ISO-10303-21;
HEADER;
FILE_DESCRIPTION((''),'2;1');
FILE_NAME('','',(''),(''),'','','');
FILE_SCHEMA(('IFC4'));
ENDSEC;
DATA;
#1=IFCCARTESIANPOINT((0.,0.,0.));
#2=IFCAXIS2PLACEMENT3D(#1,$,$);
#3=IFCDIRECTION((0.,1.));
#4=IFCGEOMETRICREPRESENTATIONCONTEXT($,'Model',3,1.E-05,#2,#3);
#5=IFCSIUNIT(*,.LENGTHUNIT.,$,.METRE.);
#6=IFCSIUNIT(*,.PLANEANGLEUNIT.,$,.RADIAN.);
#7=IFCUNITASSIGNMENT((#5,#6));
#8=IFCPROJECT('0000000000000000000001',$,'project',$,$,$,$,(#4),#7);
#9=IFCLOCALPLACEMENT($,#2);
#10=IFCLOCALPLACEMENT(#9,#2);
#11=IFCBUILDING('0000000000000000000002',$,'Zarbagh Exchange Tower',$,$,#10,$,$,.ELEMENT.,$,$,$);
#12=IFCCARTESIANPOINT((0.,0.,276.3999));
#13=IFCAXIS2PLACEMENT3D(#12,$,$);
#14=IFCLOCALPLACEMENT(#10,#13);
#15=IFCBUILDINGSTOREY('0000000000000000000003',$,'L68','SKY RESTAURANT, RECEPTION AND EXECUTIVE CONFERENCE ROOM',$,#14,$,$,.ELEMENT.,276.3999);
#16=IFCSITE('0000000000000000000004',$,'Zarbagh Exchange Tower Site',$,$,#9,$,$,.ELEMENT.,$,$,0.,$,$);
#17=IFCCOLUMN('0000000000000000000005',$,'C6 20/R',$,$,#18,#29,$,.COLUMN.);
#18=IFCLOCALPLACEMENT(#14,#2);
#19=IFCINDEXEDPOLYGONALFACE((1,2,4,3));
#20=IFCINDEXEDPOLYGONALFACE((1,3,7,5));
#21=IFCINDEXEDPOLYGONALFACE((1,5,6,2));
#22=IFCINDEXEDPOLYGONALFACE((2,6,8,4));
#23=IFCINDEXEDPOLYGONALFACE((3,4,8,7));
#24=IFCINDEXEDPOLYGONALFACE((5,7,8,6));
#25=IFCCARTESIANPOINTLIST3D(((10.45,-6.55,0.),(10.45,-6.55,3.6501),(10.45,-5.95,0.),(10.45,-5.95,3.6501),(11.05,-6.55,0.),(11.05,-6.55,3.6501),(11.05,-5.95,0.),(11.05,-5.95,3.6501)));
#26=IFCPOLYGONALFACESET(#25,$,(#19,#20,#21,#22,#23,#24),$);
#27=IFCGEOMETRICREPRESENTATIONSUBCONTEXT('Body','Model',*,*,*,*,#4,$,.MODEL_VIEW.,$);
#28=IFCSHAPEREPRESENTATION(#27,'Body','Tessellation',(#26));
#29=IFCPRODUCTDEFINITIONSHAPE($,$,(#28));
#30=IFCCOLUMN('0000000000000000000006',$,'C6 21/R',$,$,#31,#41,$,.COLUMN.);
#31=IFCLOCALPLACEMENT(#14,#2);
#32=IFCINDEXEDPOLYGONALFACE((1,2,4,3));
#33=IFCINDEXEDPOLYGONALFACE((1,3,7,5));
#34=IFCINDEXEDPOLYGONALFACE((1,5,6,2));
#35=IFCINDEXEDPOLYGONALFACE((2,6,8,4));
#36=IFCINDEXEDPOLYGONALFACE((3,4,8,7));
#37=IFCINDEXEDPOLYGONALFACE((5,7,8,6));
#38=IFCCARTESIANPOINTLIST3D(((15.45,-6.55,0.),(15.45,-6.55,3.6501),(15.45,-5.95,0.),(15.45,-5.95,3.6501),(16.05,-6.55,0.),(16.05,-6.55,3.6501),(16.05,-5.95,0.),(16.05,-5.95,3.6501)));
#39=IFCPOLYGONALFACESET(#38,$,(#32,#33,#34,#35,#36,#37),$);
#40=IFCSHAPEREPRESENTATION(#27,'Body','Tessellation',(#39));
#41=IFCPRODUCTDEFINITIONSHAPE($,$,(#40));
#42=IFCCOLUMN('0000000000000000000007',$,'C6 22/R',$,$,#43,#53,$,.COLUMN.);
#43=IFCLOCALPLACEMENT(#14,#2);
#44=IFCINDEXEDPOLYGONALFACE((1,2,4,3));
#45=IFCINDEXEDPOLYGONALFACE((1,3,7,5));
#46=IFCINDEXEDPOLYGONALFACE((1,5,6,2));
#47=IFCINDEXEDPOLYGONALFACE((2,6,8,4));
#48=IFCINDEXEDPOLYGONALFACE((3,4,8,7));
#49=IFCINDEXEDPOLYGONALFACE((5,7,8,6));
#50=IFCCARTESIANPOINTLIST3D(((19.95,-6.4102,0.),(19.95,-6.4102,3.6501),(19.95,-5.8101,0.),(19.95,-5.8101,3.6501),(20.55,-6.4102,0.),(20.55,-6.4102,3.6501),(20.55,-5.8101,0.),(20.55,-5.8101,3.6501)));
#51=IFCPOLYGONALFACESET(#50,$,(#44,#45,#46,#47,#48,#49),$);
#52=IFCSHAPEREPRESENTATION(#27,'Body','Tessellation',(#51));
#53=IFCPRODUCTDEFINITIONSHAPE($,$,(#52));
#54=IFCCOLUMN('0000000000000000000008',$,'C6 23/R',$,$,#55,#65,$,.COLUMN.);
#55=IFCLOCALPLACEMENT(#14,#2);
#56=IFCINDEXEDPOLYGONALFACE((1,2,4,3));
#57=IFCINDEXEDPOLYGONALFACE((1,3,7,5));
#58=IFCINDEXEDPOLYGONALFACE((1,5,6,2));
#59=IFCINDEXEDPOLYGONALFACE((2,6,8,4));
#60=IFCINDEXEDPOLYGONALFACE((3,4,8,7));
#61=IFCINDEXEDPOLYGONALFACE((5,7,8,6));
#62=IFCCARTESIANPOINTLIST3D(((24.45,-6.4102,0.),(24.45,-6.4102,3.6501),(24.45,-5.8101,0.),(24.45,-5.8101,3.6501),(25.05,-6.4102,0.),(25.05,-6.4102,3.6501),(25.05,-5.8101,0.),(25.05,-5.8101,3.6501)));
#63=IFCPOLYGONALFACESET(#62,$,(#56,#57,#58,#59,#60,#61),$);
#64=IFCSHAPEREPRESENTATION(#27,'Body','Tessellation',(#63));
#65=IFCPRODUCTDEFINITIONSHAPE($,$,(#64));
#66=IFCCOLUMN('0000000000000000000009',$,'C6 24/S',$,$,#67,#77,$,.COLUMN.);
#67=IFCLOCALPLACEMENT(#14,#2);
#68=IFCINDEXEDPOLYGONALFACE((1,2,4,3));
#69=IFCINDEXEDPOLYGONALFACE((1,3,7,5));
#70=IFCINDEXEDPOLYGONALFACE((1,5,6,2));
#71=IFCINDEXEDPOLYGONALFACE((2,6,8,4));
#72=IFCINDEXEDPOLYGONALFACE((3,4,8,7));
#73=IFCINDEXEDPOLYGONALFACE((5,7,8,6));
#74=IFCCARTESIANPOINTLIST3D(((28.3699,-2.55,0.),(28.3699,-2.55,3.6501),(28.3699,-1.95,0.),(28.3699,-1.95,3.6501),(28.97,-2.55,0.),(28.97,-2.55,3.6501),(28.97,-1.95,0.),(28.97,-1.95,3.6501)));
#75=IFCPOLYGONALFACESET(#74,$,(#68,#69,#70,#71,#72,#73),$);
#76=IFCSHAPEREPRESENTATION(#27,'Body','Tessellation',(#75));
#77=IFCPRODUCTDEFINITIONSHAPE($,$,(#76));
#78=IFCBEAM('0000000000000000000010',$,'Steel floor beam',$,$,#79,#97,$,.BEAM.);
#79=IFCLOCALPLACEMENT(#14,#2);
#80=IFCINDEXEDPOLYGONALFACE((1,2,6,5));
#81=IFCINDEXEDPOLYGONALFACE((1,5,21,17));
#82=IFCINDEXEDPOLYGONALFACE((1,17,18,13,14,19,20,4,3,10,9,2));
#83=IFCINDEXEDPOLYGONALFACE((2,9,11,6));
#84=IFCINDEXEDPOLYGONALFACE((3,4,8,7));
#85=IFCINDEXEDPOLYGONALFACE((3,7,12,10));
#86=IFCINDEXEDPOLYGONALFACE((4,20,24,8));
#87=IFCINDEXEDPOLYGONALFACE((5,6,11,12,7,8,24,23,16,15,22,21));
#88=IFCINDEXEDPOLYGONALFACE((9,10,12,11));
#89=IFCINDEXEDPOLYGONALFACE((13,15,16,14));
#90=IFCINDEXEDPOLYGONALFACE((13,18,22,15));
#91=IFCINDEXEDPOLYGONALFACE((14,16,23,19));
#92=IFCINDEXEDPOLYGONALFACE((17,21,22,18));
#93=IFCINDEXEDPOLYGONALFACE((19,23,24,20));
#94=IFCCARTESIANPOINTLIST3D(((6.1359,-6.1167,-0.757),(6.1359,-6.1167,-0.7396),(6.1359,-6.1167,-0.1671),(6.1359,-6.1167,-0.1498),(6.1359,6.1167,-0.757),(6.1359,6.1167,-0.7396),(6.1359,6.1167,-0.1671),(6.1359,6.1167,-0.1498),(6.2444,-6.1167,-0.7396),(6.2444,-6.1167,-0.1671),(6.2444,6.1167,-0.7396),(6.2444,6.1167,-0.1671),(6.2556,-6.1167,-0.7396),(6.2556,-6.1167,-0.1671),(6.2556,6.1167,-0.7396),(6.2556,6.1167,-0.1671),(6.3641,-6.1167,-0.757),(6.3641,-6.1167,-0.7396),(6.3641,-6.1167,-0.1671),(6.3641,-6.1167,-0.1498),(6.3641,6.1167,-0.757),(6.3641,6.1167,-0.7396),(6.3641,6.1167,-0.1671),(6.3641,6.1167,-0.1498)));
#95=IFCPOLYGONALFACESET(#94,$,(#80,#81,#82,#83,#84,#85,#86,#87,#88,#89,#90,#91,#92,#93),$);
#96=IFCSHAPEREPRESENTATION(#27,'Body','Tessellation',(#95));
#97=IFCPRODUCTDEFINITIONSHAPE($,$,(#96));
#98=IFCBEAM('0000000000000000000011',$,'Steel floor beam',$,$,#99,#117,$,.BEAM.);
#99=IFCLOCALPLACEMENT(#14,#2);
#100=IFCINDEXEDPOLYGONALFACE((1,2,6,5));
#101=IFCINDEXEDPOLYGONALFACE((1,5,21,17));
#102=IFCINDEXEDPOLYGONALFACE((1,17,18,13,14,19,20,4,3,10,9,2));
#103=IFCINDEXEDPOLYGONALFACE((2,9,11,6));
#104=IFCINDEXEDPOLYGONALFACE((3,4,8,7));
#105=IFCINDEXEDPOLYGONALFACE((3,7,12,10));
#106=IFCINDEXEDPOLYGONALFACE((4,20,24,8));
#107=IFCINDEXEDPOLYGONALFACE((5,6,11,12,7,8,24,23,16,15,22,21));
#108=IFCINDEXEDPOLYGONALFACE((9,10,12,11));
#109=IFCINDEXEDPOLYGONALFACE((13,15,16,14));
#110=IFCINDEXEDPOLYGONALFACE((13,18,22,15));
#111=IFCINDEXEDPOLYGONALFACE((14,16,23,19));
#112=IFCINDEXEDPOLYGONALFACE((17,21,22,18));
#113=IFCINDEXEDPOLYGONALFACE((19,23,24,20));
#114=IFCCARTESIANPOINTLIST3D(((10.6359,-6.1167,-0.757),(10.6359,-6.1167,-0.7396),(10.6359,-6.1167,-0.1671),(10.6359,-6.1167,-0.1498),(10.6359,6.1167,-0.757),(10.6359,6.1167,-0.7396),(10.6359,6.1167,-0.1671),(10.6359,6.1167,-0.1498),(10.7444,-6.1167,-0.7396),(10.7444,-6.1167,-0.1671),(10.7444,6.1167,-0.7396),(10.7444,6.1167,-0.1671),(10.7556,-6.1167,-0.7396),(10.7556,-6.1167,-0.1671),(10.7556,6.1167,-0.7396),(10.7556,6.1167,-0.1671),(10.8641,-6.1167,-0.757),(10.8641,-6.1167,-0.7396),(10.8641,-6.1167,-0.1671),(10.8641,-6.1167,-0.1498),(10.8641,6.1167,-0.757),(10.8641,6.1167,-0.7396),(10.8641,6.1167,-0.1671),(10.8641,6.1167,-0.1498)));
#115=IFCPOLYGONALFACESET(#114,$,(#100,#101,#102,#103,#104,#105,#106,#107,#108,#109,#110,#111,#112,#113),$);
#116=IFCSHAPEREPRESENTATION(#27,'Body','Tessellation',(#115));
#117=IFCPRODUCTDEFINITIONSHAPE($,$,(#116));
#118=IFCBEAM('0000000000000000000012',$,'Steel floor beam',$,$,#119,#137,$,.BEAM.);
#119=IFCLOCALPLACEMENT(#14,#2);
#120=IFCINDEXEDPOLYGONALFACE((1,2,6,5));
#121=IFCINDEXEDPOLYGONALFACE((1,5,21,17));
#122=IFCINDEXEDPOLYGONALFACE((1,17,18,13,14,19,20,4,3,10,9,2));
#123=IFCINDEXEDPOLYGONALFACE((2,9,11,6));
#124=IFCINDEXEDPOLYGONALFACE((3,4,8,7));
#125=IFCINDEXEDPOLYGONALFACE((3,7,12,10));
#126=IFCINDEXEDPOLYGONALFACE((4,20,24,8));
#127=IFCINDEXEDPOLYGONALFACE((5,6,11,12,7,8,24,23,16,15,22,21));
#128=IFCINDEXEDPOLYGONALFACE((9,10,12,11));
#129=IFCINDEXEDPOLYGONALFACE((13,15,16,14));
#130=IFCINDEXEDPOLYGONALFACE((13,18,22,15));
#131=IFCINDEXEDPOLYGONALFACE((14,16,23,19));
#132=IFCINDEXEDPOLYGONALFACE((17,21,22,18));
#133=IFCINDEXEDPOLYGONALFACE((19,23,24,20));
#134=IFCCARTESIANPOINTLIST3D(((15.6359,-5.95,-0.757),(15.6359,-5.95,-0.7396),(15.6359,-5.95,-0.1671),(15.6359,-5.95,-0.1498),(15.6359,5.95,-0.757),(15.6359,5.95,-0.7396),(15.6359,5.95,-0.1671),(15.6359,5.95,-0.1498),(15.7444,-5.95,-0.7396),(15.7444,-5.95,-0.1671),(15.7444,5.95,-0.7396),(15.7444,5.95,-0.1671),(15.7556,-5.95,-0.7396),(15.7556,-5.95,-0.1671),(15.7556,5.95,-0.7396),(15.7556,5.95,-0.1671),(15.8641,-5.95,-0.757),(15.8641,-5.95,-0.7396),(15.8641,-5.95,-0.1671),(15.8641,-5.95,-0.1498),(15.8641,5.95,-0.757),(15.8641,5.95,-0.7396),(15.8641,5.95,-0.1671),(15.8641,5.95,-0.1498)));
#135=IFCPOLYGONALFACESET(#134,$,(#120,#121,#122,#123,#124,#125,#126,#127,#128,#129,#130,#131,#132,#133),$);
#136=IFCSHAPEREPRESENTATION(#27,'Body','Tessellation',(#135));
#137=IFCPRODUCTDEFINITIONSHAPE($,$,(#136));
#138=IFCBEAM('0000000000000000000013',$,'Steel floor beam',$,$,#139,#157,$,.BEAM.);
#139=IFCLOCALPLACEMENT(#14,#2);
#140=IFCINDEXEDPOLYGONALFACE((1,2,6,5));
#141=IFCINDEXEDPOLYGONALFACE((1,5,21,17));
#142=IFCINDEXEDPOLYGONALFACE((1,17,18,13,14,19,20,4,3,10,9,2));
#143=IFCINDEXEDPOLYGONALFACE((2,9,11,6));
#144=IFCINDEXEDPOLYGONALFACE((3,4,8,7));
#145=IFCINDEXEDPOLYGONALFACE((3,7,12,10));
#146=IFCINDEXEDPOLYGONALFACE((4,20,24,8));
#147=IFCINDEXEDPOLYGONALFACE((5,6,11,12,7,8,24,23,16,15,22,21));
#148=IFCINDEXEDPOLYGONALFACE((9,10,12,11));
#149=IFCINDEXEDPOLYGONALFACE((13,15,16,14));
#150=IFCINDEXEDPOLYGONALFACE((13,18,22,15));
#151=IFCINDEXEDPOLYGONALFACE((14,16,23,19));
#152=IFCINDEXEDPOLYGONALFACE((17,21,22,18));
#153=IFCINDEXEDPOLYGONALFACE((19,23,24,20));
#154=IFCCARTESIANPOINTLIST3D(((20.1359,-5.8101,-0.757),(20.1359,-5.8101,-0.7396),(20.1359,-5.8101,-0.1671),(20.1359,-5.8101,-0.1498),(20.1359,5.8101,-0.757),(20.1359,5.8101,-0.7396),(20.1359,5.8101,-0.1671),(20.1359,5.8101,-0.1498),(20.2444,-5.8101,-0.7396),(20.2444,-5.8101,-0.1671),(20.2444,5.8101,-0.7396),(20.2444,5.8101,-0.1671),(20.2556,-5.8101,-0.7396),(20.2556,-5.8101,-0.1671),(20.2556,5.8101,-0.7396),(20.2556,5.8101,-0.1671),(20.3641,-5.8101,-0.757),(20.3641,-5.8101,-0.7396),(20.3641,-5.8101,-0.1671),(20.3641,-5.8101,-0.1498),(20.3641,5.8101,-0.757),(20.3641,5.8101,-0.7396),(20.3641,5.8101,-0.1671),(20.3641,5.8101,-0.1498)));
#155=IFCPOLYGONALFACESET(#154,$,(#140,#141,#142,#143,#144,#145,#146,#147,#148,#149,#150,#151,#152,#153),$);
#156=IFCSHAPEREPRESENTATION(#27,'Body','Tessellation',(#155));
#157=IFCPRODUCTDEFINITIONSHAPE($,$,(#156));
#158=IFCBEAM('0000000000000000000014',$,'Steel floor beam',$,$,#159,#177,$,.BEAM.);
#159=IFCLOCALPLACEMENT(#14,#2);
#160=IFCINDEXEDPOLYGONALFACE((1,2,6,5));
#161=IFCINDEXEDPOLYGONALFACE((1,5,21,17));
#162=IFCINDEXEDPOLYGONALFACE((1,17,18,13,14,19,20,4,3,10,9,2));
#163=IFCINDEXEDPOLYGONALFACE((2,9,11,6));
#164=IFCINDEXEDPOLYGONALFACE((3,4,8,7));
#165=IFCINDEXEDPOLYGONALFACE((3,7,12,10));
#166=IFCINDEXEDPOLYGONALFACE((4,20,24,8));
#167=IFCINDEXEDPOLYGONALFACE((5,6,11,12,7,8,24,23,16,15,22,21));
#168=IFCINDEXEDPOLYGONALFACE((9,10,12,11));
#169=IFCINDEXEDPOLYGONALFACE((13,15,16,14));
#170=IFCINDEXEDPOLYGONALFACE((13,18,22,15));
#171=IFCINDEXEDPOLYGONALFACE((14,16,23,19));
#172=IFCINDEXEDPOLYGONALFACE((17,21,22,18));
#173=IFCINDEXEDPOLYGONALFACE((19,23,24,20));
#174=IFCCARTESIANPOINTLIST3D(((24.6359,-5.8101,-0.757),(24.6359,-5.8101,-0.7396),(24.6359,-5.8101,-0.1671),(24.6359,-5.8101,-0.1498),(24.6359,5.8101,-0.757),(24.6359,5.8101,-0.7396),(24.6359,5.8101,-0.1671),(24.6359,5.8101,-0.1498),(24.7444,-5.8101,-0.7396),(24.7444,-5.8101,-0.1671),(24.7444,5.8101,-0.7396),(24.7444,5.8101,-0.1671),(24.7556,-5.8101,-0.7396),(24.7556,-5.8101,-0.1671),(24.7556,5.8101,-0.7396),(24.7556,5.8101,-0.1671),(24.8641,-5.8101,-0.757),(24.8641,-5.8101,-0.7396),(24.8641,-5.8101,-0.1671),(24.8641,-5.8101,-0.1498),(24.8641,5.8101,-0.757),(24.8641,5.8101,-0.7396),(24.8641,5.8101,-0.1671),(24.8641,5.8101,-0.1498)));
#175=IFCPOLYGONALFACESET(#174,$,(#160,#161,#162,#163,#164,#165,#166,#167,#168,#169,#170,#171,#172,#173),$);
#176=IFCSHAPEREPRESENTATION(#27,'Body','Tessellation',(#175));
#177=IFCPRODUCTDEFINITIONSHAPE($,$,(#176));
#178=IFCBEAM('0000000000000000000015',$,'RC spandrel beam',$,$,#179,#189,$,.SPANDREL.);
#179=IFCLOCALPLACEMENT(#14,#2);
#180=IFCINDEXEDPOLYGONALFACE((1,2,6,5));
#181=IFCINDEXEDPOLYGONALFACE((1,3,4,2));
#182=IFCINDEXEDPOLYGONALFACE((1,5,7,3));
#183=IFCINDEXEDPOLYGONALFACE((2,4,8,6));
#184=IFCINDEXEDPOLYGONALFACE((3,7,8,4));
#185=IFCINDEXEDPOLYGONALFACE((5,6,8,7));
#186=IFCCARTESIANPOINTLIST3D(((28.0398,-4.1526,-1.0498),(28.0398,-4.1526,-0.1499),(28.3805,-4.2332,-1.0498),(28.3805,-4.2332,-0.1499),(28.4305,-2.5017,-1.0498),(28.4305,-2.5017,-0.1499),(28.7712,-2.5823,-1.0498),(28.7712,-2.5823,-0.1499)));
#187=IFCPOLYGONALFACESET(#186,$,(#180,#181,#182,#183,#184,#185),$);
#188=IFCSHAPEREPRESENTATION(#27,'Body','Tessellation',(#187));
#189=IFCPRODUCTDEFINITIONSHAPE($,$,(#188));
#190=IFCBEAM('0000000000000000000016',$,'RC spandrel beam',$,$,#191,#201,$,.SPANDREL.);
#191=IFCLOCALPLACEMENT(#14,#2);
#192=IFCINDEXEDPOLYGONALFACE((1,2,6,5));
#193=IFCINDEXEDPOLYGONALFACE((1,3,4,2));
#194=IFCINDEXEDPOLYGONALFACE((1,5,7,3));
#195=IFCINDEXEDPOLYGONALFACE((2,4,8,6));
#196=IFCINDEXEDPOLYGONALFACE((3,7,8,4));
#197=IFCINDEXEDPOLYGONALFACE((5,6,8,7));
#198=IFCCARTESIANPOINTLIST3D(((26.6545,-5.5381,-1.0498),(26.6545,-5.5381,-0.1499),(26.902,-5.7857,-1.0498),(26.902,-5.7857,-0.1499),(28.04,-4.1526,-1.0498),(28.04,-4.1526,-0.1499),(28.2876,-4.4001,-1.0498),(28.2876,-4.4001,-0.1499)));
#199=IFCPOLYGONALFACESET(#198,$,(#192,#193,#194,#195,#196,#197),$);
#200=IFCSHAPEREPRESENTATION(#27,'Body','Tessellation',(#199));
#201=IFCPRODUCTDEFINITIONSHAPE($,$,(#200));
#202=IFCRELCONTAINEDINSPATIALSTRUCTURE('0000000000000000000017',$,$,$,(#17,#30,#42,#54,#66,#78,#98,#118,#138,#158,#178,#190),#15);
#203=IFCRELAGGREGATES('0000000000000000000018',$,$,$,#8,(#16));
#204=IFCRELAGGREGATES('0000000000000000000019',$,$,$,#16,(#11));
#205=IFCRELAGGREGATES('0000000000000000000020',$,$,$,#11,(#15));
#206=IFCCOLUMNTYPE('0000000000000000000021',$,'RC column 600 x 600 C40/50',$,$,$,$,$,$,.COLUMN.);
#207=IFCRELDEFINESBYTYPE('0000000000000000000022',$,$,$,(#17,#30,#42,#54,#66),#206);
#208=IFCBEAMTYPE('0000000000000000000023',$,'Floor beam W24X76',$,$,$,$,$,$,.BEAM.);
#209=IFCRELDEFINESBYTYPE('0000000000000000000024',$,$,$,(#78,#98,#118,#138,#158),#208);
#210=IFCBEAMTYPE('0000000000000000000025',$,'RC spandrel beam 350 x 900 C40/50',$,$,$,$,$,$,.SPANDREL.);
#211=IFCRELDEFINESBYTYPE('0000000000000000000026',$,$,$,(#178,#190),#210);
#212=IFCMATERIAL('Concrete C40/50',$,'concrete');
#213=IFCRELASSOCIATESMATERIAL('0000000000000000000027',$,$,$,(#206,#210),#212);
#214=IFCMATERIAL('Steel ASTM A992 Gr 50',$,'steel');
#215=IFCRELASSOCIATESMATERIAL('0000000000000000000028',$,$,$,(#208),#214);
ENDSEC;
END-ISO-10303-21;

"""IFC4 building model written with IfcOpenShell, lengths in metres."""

from ifc_helpers import new_model, si_unit, direction, frame, origin, origin_2d, place, context, subcontext, project, spatial, rectangle, i_section, extrude, material, material_profile, profile_set, type_object, element, save


model = new_model("IFC4")

# Units and contexts
model_context = context("Model", 3, precision=1e-05, world=origin(), true_north=direction((0.0, 1.0)))
body_context = subcontext(model_context, "Body", "Model", "MODEL_VIEW")
ifc_project = project(units=[si_unit("LENGTHUNIT", "METRE"), si_unit("PLANEANGLEUNIT", "RADIAN")], contexts=[model_context])

# Site, building, storey
site_placement = place(None, origin())
site = spatial("IfcSite", under=ifc_project, at=site_placement, Name="Zarbagh Exchange Tower Site", CompositionType="ELEMENT", RefElevation=0.0)
building_placement = place(site_placement, origin())
building = spatial("IfcBuilding", under=site, at=building_placement, Name="Zarbagh Exchange Tower", CompositionType="ELEMENT")
storey_placement = place(building_placement, frame((0.0, 0.0, 276.3999)))
storey = spatial("IfcBuildingStorey", under=building, at=storey_placement, Name="L68", Description="SKY RESTAURANT, RECEPTION AND EXECUTIVE CONFERENCE ROOM", CompositionType="ELEMENT", Elevation=276.3999)

# Columns
ifc_material_1 = material(Name="Concrete C40/50", Category="concrete")
ifc_material_profile_1 = material_profile(ifc_material_1, rectangle(XDim=0.6001, YDim=0.6001, at=origin_2d()), Name="RC column 600 x 600 C40/50")
ifc_profile_set_1 = profile_set([ifc_material_profile_1], Name="Concrete C40/50")
column_type = type_object("IfcColumnType", Name="RC column 600 x 600 C40/50", PredefinedType="COLUMN", material=ifc_profile_set_1)
for number, where, z_axis, x_axis, name in (
    (1, (10.75, -6.25, 0.0), (0.0, 0.0, 1.0), (1.0, 0.0, 0.0), "C6 20/R"),
    (2, (15.75, -6.25, 0.0), (0.0, 0.0, 1.0), (1.0, 0.0, 0.0), "C6 21/R"),
    (3, (20.25, -6.1101, 0.0), (0.0, 0.0, 1.0), (1.0, 0.0, 0.0), "C6 22/R"),
    (4, (24.75, -6.1101, 0.0), (0.0, 0.0, 1.0), (1.0, 0.0, 0.0), "C6 23/R"),
    (5, (28.6699, -2.25, 0.0), (0.0, 0.0, 1.0), (1.0, 0.0, 0.0), "C6 24/S"),
):
    element("IfcColumn", number, at=place(storey_placement, frame(where, z_axis=z_axis, x_axis=x_axis)), inside=storey, type_object=column_type, Name=name, PredefinedType="COLUMN", context=body_context, shape_type="SweptSolid", body=[
        extrude(rectangle(XDim=0.6001, YDim=0.6001, at=origin_2d()), origin(), (0.0, 0.0, 1.0), 3.6501),
    ])

# Beams
ifc_material_2 = material(Name="Steel ASTM A992 Gr 50", Category="steel")
ifc_material_profile_2 = material_profile(ifc_material_2, i_section(OverallWidth=0.2283, OverallDepth=0.6072, WebThickness=0.0112, FlangeThickness=0.0173, at=origin_2d()), Name="W24X76")
ifc_profile_set_2 = profile_set([ifc_material_profile_2], Name="Steel ASTM A992 Gr 50")
beam_type_1 = type_object("IfcBeamType", Name="Floor beam W24X76", PredefinedType="BEAM", material=ifc_profile_set_2)
for number, where, z_axis, x_axis, name in (
    (6, (6.25, -6.1167, -0.4534), (0.0, 1.0, 0.0), (-1.0, 0.0, 0.0), "Steel floor beam"),
    (7, (10.75, -6.1167, -0.4534), (0.0, 1.0, 0.0), (-1.0, 0.0, 0.0), "Steel floor beam"),
):
    element("IfcBeam", number, at=place(storey_placement, frame(where, z_axis=z_axis, x_axis=x_axis)), inside=storey, type_object=beam_type_1, Name=name, PredefinedType="BEAM", context=body_context, shape_type="SweptSolid", body=[
        extrude(i_section(OverallWidth=0.2283, OverallDepth=0.6072, WebThickness=0.0112, FlangeThickness=0.0173, at=origin_2d()), origin(), (0.0, 0.0, 1.0), 12.2334),
    ])
beam_1_placement = place(storey_placement, frame((15.75, -5.95, -0.4534), z_axis=(0.0, 1.0, 0.0), x_axis=(-1.0, 0.0, 0.0)))
element("IfcBeam", 8, at=beam_1_placement, inside=storey, type_object=beam_type_1, Name="Steel floor beam", PredefinedType="BEAM", context=body_context, shape_type="SweptSolid", body=[
    extrude(i_section(OverallWidth=0.2283, OverallDepth=0.6072, WebThickness=0.0112, FlangeThickness=0.0173, at=origin_2d()), origin(), (0.0, 0.0, 1.0), 11.8999),
])
for number, where, z_axis, x_axis, name in (
    (9, (20.25, -5.8101, -0.4534), (0.0, 1.0, 0.0), (-1.0, 0.0, 0.0), "Steel floor beam"),
    (10, (24.75, -5.8101, -0.4534), (0.0, 1.0, 0.0), (-1.0, 0.0, 0.0), "Steel floor beam"),
):
    element("IfcBeam", number, at=place(storey_placement, frame(where, z_axis=z_axis, x_axis=x_axis)), inside=storey, type_object=beam_type_1, Name=name, PredefinedType="BEAM", context=body_context, shape_type="SweptSolid", body=[
        extrude(i_section(OverallWidth=0.2283, OverallDepth=0.6072, WebThickness=0.0112, FlangeThickness=0.0173, at=origin_2d()), origin(), (0.0, 0.0, 1.0), 11.6201),
    ])
ifc_material_profile_3 = material_profile(ifc_material_1, rectangle(XDim=0.3501, YDim=0.8999, at=origin_2d()), Name="RC spandrel beam 350 x 900 C40/50")
ifc_profile_set_3 = profile_set([ifc_material_profile_3], Name="Concrete C40/50")
beam_type_2 = type_object("IfcBeamType", Name="RC spandrel beam 350 x 900 C40/50", PredefinedType="SPANDREL", material=ifc_profile_set_3)
beam_2_placement = place(storey_placement, frame((28.6008, -2.542, -0.5999), z_axis=(-0.230258, -0.97313, 0.0), x_axis=(0.97313, -0.230258, 0.0)))
element("IfcBeam", 11, at=beam_2_placement, inside=storey, type_object=beam_type_2, Name="RC spandrel beam", PredefinedType="SPANDREL", context=body_context, shape_type="SweptSolid", body=[
    extrude(rectangle(XDim=0.3501, YDim=0.8999, at=origin_2d()), origin(), (0.0, 0.0, 1.0), 1.6965),
])
beam_3_placement = place(storey_placement, frame((28.1638, -4.2764, -0.5999), z_axis=(-0.707107, -0.707107, 0.0), x_axis=(0.707107, -0.707107, 0.0)))
element("IfcBeam", 12, at=beam_3_placement, inside=storey, type_object=beam_type_2, Name="RC spandrel beam", PredefinedType="SPANDREL", context=body_context, shape_type="SweptSolid", body=[
    extrude(rectangle(XDim=0.3501, YDim=0.8999, at=origin_2d()), origin(), (0.0, 0.0, 1.0), 1.9595),
])

save(model, "model.ifc")
